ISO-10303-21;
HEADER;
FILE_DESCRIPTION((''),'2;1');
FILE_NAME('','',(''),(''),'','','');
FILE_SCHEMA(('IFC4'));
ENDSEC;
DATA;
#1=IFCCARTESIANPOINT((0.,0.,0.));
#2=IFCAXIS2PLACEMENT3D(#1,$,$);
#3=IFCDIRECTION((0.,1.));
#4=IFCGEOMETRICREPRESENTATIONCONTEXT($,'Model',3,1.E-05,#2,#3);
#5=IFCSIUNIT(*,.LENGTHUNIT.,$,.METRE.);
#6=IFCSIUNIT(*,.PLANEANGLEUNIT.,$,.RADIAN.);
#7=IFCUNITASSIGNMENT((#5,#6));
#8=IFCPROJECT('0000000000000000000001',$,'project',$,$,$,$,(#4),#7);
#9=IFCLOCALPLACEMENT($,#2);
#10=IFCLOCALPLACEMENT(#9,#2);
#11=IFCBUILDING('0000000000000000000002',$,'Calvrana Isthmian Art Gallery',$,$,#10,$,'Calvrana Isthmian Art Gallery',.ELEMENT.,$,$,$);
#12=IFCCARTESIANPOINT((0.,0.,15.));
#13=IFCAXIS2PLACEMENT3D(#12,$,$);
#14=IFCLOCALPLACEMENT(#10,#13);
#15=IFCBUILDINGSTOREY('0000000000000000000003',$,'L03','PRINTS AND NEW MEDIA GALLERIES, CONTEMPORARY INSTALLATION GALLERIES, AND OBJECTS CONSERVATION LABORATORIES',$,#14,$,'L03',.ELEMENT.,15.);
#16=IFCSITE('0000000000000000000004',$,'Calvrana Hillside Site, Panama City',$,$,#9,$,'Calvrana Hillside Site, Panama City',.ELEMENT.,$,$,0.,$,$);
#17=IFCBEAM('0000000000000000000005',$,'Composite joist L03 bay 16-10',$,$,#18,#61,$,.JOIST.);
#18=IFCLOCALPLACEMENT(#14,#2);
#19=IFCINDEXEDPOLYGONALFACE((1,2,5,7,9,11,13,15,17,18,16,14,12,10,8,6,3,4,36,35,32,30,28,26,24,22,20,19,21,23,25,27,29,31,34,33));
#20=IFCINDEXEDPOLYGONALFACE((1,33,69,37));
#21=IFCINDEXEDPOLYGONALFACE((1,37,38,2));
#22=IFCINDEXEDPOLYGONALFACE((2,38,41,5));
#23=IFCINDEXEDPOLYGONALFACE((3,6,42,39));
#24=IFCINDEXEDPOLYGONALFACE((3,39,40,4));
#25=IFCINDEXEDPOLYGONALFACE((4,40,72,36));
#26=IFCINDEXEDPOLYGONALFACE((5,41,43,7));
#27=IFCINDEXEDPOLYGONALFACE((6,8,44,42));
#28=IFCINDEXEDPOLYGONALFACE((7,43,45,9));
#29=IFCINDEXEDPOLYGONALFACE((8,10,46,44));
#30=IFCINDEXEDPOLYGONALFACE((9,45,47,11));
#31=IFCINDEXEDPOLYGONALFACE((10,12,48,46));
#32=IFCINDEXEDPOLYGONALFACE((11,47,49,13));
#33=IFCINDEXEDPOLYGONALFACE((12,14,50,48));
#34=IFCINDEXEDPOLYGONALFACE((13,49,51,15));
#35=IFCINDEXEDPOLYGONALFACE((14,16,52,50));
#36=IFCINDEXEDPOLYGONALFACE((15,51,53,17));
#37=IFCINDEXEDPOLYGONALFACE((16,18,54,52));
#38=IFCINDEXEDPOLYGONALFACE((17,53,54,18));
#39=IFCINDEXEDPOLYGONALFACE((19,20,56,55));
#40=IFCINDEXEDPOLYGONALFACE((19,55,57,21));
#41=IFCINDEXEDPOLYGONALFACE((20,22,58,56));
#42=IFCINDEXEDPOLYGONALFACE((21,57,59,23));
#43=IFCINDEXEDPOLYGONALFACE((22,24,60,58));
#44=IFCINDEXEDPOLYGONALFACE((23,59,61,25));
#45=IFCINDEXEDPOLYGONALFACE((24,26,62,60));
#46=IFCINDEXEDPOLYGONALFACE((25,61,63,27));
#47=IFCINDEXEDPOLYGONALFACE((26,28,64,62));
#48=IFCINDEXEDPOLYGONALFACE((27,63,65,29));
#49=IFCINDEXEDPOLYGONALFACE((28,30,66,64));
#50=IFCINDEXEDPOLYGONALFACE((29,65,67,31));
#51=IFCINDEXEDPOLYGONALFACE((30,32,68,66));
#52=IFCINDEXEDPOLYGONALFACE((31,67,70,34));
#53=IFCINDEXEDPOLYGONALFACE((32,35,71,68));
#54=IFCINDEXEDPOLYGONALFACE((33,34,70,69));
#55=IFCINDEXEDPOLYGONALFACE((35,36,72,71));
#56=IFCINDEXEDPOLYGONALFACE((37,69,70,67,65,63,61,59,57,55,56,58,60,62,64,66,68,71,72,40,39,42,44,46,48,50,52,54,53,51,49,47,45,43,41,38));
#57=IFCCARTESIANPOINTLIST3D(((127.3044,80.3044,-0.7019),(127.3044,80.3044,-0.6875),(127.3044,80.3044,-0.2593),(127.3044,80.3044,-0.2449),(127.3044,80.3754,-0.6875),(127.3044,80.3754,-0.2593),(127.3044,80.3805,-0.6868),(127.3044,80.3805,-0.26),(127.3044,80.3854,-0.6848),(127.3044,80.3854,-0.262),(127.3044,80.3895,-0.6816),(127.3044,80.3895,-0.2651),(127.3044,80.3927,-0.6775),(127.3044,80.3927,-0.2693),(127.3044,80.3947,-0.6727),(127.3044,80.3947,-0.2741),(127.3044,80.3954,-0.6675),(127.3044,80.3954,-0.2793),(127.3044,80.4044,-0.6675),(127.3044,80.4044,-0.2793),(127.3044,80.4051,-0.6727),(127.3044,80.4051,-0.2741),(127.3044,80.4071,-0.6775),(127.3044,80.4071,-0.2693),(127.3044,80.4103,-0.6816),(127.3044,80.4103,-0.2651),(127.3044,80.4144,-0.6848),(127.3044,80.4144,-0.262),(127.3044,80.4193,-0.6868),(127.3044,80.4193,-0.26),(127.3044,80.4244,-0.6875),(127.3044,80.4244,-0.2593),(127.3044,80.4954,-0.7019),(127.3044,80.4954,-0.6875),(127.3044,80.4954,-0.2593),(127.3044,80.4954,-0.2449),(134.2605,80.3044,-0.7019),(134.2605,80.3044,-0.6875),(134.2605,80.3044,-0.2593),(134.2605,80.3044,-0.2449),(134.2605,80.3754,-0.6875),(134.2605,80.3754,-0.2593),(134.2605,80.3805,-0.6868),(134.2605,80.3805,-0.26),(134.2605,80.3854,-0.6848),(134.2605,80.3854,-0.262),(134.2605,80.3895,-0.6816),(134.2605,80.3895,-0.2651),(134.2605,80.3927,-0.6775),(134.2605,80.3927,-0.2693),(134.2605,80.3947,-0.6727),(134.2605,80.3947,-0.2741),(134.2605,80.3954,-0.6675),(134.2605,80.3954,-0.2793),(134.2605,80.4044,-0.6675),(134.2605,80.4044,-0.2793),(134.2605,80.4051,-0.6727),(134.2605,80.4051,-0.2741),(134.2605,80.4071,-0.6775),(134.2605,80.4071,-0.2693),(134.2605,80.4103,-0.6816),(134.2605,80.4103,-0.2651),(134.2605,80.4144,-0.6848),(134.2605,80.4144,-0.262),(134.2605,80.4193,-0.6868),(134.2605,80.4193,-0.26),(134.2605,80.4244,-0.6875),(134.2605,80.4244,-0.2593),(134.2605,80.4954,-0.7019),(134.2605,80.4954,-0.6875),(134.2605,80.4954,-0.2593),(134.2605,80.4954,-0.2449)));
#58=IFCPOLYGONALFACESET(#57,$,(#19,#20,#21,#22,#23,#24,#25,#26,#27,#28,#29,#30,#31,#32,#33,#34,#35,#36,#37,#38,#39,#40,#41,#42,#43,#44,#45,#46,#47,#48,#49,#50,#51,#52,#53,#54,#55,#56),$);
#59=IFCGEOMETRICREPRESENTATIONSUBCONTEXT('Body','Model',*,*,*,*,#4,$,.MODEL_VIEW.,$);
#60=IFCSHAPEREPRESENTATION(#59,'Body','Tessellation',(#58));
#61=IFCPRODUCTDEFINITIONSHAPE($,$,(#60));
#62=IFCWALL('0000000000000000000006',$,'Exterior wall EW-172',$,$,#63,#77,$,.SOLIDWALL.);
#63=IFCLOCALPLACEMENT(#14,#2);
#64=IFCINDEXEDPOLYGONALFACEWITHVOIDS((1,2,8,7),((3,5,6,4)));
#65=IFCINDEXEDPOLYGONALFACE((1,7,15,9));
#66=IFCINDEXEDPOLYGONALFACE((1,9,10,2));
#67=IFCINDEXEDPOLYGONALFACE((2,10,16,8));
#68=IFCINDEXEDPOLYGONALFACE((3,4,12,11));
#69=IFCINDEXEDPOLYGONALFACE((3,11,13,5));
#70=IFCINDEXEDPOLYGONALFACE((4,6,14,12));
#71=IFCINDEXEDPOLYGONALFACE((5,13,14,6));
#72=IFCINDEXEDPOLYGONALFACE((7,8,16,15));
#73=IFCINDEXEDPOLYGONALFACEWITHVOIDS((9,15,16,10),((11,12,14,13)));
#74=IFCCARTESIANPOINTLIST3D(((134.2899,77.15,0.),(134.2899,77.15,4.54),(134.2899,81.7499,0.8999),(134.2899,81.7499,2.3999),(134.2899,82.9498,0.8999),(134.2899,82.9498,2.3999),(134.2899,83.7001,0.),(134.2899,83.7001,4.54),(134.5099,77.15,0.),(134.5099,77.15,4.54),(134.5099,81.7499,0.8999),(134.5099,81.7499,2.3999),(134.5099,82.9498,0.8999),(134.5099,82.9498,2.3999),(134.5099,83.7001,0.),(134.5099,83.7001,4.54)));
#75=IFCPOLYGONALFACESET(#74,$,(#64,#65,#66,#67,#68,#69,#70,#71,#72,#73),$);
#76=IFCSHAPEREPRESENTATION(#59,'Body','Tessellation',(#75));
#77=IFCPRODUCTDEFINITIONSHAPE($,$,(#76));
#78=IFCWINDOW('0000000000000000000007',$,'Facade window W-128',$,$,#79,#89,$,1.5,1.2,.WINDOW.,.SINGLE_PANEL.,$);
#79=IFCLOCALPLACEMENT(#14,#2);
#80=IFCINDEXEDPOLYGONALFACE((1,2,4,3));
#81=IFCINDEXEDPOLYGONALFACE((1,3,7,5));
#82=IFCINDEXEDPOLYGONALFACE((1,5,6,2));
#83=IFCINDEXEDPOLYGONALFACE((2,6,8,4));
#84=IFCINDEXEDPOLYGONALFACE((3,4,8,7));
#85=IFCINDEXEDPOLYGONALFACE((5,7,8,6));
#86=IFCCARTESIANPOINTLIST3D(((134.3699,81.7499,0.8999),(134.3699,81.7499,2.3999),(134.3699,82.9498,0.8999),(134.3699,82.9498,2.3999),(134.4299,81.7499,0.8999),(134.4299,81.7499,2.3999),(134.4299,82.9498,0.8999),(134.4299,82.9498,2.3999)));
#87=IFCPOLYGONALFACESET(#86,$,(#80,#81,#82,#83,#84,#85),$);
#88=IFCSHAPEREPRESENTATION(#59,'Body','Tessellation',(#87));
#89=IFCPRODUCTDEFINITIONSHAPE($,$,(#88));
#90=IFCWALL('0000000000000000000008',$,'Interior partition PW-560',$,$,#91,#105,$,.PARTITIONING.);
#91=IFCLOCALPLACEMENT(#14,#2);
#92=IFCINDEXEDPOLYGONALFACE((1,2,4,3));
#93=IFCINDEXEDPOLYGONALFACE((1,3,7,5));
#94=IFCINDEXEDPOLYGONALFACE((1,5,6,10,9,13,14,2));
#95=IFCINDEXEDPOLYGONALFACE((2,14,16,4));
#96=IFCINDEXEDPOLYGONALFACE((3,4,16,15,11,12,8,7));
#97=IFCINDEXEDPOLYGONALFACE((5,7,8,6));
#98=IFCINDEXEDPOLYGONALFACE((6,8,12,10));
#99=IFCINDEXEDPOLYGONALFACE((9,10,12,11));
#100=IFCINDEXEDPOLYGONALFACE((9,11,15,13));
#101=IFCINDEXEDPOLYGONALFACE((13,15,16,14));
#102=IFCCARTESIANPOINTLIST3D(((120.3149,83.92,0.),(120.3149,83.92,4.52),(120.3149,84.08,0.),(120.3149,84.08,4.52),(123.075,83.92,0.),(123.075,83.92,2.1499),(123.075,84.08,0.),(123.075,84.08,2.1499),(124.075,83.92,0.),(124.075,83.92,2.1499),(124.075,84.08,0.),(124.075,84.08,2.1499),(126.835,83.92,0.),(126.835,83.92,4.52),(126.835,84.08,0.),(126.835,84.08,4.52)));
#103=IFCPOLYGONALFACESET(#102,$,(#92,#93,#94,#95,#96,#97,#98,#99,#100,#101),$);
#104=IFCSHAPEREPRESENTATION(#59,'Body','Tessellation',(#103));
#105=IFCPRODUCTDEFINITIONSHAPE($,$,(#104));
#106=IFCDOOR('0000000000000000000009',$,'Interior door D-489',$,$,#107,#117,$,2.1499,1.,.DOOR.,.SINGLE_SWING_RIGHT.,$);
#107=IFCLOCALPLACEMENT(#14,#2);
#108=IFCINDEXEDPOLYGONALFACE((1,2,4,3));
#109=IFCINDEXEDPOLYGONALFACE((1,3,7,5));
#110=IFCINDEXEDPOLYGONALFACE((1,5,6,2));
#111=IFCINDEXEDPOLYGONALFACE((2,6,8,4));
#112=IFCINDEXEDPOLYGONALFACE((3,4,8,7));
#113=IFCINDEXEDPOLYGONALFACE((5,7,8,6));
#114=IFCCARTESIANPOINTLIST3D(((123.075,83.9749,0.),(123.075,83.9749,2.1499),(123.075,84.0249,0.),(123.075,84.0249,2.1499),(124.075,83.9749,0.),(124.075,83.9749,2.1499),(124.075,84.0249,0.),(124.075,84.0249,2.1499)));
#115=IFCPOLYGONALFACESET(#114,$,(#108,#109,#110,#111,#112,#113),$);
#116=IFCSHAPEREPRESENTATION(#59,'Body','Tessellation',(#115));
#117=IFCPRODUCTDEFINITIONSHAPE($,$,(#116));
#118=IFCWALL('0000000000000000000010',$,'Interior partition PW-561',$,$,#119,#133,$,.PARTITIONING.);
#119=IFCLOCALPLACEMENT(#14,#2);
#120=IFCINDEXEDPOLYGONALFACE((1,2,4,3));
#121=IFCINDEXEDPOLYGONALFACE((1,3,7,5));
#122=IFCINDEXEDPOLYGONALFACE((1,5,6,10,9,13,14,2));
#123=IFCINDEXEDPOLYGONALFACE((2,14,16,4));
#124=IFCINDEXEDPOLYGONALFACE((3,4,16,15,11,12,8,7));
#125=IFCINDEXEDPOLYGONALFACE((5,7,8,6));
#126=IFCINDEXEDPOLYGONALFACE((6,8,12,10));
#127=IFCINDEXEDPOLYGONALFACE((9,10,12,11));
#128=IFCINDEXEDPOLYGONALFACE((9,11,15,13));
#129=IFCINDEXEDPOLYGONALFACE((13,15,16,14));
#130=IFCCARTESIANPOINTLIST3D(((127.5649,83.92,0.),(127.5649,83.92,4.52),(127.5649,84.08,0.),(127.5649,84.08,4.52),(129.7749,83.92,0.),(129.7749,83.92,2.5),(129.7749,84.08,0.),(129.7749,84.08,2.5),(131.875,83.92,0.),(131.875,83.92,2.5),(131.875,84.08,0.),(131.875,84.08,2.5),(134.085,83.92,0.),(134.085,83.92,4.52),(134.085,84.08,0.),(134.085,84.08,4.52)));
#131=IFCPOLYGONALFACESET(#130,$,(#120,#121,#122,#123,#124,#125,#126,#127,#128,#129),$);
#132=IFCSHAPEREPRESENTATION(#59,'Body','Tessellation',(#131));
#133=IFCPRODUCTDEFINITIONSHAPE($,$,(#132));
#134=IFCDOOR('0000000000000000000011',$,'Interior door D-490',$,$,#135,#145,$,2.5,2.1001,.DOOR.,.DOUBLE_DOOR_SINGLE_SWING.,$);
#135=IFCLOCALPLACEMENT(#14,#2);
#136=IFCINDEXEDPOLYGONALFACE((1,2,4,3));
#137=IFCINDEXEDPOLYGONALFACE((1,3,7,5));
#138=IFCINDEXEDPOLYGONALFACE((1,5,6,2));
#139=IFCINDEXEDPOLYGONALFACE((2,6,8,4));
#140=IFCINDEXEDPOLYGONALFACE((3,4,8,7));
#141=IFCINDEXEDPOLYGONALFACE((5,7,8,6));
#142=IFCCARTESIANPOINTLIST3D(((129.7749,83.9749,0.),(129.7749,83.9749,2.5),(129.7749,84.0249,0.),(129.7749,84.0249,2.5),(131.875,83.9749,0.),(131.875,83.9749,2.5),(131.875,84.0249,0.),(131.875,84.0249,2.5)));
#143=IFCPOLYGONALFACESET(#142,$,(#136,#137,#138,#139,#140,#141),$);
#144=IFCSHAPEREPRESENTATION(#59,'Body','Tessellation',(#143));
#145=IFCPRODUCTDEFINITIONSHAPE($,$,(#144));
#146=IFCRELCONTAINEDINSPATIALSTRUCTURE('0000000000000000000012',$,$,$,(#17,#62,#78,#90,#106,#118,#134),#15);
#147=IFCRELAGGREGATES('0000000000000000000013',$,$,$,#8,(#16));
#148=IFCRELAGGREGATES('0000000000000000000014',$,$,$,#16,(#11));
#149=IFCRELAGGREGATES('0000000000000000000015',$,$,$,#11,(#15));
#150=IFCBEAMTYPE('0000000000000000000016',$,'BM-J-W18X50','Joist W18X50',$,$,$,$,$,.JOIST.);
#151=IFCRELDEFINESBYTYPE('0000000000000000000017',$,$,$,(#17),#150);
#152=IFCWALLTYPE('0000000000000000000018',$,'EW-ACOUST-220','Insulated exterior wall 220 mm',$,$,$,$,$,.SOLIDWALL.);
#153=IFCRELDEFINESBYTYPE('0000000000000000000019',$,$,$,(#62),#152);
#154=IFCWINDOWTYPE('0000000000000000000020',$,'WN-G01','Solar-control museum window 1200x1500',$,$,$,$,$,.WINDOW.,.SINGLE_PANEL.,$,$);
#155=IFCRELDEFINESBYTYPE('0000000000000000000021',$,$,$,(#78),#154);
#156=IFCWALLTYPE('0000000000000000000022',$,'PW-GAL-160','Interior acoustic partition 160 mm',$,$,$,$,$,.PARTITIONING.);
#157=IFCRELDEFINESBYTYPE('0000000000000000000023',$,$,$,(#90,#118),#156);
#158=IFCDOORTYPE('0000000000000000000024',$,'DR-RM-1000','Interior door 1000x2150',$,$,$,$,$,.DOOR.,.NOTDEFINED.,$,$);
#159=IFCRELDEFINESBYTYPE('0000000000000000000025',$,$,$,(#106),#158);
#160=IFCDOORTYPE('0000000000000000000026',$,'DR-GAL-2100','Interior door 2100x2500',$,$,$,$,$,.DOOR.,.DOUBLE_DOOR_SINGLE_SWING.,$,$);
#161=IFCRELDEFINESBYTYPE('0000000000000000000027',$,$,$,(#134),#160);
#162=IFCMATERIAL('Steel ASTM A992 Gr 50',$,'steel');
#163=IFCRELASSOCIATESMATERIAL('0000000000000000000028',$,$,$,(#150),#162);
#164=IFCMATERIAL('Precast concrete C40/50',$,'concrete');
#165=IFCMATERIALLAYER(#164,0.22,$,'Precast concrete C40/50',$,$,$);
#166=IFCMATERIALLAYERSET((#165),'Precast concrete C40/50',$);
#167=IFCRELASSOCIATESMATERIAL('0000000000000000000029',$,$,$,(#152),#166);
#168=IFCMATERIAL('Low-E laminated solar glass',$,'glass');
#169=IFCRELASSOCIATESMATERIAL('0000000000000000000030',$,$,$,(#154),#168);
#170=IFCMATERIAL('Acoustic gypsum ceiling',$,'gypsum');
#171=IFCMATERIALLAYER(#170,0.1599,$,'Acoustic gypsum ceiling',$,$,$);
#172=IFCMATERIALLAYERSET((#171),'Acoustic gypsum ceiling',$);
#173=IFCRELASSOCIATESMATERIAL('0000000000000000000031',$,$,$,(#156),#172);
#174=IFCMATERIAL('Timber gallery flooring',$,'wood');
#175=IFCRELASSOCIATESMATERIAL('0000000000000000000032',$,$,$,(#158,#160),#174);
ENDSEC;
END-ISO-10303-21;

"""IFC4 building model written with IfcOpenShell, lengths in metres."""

from ifc_helpers import new_model, si_unit, direction, frame, frame_2d, origin, origin_2d, place, context, subcontext, project, spatial, rectangle, i_section, extrude, material, layer, layer_set, material_profile, profile_set, type_object, element, fill, save


model = new_model("IFC4")

# Units and contexts
model_context = context("Model", 3, precision=1e-05, world=origin(), true_north=direction((0.0, 1.0)))
body_context = subcontext(model_context, "Body", "Model", "MODEL_VIEW")
ifc_project = project(units=[si_unit("LENGTHUNIT", "METRE"), si_unit("PLANEANGLEUNIT", "RADIAN")], contexts=[model_context])

# Site, building, storey
site_placement = place(None, origin())
site = spatial("IfcSite", under=ifc_project, at=site_placement, Name="Calvrana Hillside Site, Panama City", LongName="Calvrana Hillside Site, Panama City", CompositionType="ELEMENT", RefElevation=0.0)
building_placement = place(site_placement, origin())
building = spatial("IfcBuilding", under=site, at=building_placement, Name="Calvrana Isthmian Art Gallery", LongName="Calvrana Isthmian Art Gallery", CompositionType="ELEMENT")
storey_placement = place(building_placement, frame((0.0, 0.0, 15.0)))
storey = spatial("IfcBuildingStorey", under=building, at=storey_placement, Name="L03", Description="PRINTS AND NEW MEDIA GALLERIES, CONTEMPORARY INSTALLATION GALLERIES, AND OBJECTS CONSERVATION LABORATORIES", LongName="L03", CompositionType="ELEMENT", Elevation=15.0)

# Beam
ifc_material_1 = material(Name="Steel ASTM A992 Gr 50", Category="steel")
ifc_material_profile_1 = material_profile(ifc_material_1, i_section(OverallWidth=0.1909, OverallDepth=0.457, WebThickness=0.009, FlangeThickness=0.0144, FilletRadius=0.02, at=origin_2d()), Name="W18X50")
ifc_profile_set_1 = profile_set([ifc_material_profile_1], Name="Steel ASTM A992 Gr 50")
beam_type_1 = type_object("IfcBeamType", Name="BM-J-W18X50", Description="Joist W18X50", PredefinedType="JOIST", material=ifc_profile_set_1)
beam_1_placement = place(storey_placement, frame((127.3044, 80.3999, -0.4734), z_axis=(1.0, 0.0, 0.0), x_axis=(0.0, 1.0, 0.0)))
element("IfcBeam", 1, at=beam_1_placement, inside=storey, type_object=beam_type_1, Name="Composite joist L03 bay 16-10", PredefinedType="JOIST", context=body_context, shape_type="SweptSolid", body=[
    extrude(i_section(OverallWidth=0.1909, OverallDepth=0.457, WebThickness=0.009, FlangeThickness=0.0144, FilletRadius=0.02, at=origin_2d()), origin(), (0.0, 0.0, 1.0), 6.9561),
])

# Wall, opening, window
ifc_material_2 = material(Name="Precast concrete C40/50", Category="concrete")
ifc_layer_1 = layer(ifc_material_2, 0.22, Name="Precast concrete C40/50")
ifc_layer_set_1 = layer_set([ifc_layer_1], Name="Precast concrete C40/50")
wall_type_1 = type_object("IfcWallType", Name="EW-ACOUST-220", Description="Insulated exterior wall 220 mm", PredefinedType="SOLIDWALL", material=ifc_layer_set_1)
wall_1_placement = place(storey_placement, frame((134.3999, 83.7, 0.0), z_axis=(0.0, 0.0, 1.0), x_axis=(0.0, -1.0, 0.0)))
wall_1 = element("IfcWall", 2, at=wall_1_placement, inside=storey, type_object=wall_type_1, Name="Exterior wall EW-172", PredefinedType="SOLIDWALL", context=body_context, shape_type="SweptSolid", body=[
    extrude(rectangle(XDim=6.55, YDim=0.22, at=frame_2d((3.2749, 0.0))), origin(), (0.0, 0.0, 1.0), 4.54),
])
opening_1_placement = place(wall_1_placement, frame((0.75, 0.0, 0.8999)))
opening_1 = element("IfcOpeningElement", 3, at=opening_1_placement, cuts=wall_1, PredefinedType="OPENING", context=body_context, shape_type="SweptSolid", body=[
    extrude(rectangle(XDim=1.2, YDim=1.5, at=frame_2d((0.6001, 0.75))), frame((0.0, 0.1201, 0.0), z_axis=(0.0, -1.0, 0.0), x_axis=(1.0, 0.0, 0.0)), (0.0, 0.0, 1.0), 0.2405),
])
ifc_material_3 = material(Name="Low-E laminated solar glass", Category="glass")
window_type = type_object("IfcWindowType", Name="WN-G01", Description="Solar-control museum window 1200x1500", PartitioningType="SINGLE_PANEL", PredefinedType="WINDOW", material=ifc_material_3)
window_placement = place(opening_1_placement, origin())
window = element("IfcWindow", 4, at=window_placement, inside=storey, type_object=window_type, Name="Facade window W-128", OverallHeight=1.5, OverallWidth=1.2, PartitioningType="SINGLE_PANEL", PredefinedType="WINDOW", context=body_context, shape_type="SweptSolid", body=[
    extrude(rectangle(XDim=1.2, YDim=1.5, at=frame_2d((0.6001, 0.75))), frame((0.0, 0.03, 0.0), z_axis=(0.0, -1.0, 0.0), x_axis=(1.0, 0.0, 0.0)), (0.0, 0.0, 1.0), 0.0601),
])
fill(opening_1, window)

# Walls, openings, doors
ifc_material_4 = material(Name="Acoustic gypsum ceiling", Category="gypsum")
ifc_layer_2 = layer(ifc_material_4, 0.1599, Name="Acoustic gypsum ceiling")
ifc_layer_set_2 = layer_set([ifc_layer_2], Name="Acoustic gypsum ceiling")
wall_type_2 = type_object("IfcWallType", Name="PW-GAL-160", Description="Interior acoustic partition 160 mm", PredefinedType="PARTITIONING", material=ifc_layer_set_2)
wall_2_placement = place(storey_placement, frame((120.3149, 84.0, 0.0), z_axis=(0.0, 0.0, 1.0), x_axis=(1.0, 0.0, 0.0)))
wall_2 = element("IfcWall", 5, at=wall_2_placement, inside=storey, type_object=wall_type_2, Name="Interior partition PW-560", PredefinedType="PARTITIONING", context=body_context, shape_type="SweptSolid", body=[
    extrude(rectangle(XDim=6.52, YDim=0.1599, at=frame_2d((3.26, 0.0))), origin(), (0.0, 0.0, 1.0), 4.52),
])
opening_2_placement = place(wall_2_placement, frame((2.76, 0.0, 0.0)))
opening_2 = element("IfcOpeningElement", 6, at=opening_2_placement, cuts=wall_2, PredefinedType="OPENING", context=body_context, shape_type="SweptSolid", body=[
    extrude(rectangle(XDim=1.0, YDim=2.1499, at=frame_2d((0.5, 1.075))), frame((0.0, 0.0903, 0.0), z_axis=(0.0, -1.0, 0.0), x_axis=(1.0, 0.0, 0.0)), (0.0, 0.0, 1.0), 0.1804),
])
ifc_material_5 = material(Name="Timber gallery flooring", Category="wood")
door_type_1 = type_object("IfcDoorType", Name="DR-RM-1000", Description="Interior door 1000x2150", OperationType="NOTDEFINED", PredefinedType="DOOR", material=ifc_material_5)
door_1_placement = place(opening_2_placement, origin())
door_1 = element("IfcDoor", 7, at=door_1_placement, inside=storey, type_object=door_type_1, Name="Interior door D-489", OperationType="SINGLE_SWING_RIGHT", OverallHeight=2.1499, OverallWidth=1.0, PredefinedType="DOOR", context=body_context, shape_type="SweptSolid", body=[
    extrude(rectangle(XDim=1.0, YDim=2.1499, at=frame_2d((0.5, 1.075))), frame((0.0, 0.0249, 0.0), z_axis=(0.0, -1.0, 0.0), x_axis=(1.0, 0.0, 0.0)), (0.0, 0.0, 1.0), 0.05),
])
fill(opening_2, door_1)
wall_3_placement = place(storey_placement, frame((127.5649, 84.0, 0.0), z_axis=(0.0, 0.0, 1.0), x_axis=(1.0, 0.0, 0.0)))
wall_3 = element("IfcWall", 8, at=wall_3_placement, inside=storey, type_object=wall_type_2, Name="Interior partition PW-561", PredefinedType="PARTITIONING", context=body_context, shape_type="SweptSolid", body=[
    extrude(rectangle(XDim=6.52, YDim=0.1599, at=frame_2d((3.26, 0.0))), origin(), (0.0, 0.0, 1.0), 4.52),
])
opening_3_placement = place(wall_3_placement, frame((2.21, 0.0, 0.0)))
opening_3 = element("IfcOpeningElement", 9, at=opening_3_placement, cuts=wall_3, PredefinedType="OPENING", context=body_context, shape_type="SweptSolid", body=[
    extrude(rectangle(XDim=2.1001, YDim=2.5, at=frame_2d((1.05, 1.25))), frame((0.0, 0.0903, 0.0), z_axis=(0.0, -1.0, 0.0), x_axis=(1.0, 0.0, 0.0)), (0.0, 0.0, 1.0), 0.1804),
])
door_type_2 = type_object("IfcDoorType", Name="DR-GAL-2100", Description="Interior door 2100x2500", OperationType="DOUBLE_DOOR_SINGLE_SWING", PredefinedType="DOOR", material=ifc_material_5)
door_2_placement = place(opening_3_placement, origin())
door_2 = element("IfcDoor", 10, at=door_2_placement, inside=storey, type_object=door_type_2, Name="Interior door D-490", OperationType="DOUBLE_DOOR_SINGLE_SWING", OverallHeight=2.5, OverallWidth=2.1001, PredefinedType="DOOR", context=body_context, shape_type="SweptSolid", body=[
    extrude(rectangle(XDim=2.1001, YDim=2.5, at=frame_2d((1.05, 1.25))), frame((0.0, 0.0249, 0.0), z_axis=(0.0, -1.0, 0.0), x_axis=(1.0, 0.0, 0.0)), (0.0, 0.0, 1.0), 0.05),
])
fill(opening_3, door_2)

save(model, "model.ifc")
